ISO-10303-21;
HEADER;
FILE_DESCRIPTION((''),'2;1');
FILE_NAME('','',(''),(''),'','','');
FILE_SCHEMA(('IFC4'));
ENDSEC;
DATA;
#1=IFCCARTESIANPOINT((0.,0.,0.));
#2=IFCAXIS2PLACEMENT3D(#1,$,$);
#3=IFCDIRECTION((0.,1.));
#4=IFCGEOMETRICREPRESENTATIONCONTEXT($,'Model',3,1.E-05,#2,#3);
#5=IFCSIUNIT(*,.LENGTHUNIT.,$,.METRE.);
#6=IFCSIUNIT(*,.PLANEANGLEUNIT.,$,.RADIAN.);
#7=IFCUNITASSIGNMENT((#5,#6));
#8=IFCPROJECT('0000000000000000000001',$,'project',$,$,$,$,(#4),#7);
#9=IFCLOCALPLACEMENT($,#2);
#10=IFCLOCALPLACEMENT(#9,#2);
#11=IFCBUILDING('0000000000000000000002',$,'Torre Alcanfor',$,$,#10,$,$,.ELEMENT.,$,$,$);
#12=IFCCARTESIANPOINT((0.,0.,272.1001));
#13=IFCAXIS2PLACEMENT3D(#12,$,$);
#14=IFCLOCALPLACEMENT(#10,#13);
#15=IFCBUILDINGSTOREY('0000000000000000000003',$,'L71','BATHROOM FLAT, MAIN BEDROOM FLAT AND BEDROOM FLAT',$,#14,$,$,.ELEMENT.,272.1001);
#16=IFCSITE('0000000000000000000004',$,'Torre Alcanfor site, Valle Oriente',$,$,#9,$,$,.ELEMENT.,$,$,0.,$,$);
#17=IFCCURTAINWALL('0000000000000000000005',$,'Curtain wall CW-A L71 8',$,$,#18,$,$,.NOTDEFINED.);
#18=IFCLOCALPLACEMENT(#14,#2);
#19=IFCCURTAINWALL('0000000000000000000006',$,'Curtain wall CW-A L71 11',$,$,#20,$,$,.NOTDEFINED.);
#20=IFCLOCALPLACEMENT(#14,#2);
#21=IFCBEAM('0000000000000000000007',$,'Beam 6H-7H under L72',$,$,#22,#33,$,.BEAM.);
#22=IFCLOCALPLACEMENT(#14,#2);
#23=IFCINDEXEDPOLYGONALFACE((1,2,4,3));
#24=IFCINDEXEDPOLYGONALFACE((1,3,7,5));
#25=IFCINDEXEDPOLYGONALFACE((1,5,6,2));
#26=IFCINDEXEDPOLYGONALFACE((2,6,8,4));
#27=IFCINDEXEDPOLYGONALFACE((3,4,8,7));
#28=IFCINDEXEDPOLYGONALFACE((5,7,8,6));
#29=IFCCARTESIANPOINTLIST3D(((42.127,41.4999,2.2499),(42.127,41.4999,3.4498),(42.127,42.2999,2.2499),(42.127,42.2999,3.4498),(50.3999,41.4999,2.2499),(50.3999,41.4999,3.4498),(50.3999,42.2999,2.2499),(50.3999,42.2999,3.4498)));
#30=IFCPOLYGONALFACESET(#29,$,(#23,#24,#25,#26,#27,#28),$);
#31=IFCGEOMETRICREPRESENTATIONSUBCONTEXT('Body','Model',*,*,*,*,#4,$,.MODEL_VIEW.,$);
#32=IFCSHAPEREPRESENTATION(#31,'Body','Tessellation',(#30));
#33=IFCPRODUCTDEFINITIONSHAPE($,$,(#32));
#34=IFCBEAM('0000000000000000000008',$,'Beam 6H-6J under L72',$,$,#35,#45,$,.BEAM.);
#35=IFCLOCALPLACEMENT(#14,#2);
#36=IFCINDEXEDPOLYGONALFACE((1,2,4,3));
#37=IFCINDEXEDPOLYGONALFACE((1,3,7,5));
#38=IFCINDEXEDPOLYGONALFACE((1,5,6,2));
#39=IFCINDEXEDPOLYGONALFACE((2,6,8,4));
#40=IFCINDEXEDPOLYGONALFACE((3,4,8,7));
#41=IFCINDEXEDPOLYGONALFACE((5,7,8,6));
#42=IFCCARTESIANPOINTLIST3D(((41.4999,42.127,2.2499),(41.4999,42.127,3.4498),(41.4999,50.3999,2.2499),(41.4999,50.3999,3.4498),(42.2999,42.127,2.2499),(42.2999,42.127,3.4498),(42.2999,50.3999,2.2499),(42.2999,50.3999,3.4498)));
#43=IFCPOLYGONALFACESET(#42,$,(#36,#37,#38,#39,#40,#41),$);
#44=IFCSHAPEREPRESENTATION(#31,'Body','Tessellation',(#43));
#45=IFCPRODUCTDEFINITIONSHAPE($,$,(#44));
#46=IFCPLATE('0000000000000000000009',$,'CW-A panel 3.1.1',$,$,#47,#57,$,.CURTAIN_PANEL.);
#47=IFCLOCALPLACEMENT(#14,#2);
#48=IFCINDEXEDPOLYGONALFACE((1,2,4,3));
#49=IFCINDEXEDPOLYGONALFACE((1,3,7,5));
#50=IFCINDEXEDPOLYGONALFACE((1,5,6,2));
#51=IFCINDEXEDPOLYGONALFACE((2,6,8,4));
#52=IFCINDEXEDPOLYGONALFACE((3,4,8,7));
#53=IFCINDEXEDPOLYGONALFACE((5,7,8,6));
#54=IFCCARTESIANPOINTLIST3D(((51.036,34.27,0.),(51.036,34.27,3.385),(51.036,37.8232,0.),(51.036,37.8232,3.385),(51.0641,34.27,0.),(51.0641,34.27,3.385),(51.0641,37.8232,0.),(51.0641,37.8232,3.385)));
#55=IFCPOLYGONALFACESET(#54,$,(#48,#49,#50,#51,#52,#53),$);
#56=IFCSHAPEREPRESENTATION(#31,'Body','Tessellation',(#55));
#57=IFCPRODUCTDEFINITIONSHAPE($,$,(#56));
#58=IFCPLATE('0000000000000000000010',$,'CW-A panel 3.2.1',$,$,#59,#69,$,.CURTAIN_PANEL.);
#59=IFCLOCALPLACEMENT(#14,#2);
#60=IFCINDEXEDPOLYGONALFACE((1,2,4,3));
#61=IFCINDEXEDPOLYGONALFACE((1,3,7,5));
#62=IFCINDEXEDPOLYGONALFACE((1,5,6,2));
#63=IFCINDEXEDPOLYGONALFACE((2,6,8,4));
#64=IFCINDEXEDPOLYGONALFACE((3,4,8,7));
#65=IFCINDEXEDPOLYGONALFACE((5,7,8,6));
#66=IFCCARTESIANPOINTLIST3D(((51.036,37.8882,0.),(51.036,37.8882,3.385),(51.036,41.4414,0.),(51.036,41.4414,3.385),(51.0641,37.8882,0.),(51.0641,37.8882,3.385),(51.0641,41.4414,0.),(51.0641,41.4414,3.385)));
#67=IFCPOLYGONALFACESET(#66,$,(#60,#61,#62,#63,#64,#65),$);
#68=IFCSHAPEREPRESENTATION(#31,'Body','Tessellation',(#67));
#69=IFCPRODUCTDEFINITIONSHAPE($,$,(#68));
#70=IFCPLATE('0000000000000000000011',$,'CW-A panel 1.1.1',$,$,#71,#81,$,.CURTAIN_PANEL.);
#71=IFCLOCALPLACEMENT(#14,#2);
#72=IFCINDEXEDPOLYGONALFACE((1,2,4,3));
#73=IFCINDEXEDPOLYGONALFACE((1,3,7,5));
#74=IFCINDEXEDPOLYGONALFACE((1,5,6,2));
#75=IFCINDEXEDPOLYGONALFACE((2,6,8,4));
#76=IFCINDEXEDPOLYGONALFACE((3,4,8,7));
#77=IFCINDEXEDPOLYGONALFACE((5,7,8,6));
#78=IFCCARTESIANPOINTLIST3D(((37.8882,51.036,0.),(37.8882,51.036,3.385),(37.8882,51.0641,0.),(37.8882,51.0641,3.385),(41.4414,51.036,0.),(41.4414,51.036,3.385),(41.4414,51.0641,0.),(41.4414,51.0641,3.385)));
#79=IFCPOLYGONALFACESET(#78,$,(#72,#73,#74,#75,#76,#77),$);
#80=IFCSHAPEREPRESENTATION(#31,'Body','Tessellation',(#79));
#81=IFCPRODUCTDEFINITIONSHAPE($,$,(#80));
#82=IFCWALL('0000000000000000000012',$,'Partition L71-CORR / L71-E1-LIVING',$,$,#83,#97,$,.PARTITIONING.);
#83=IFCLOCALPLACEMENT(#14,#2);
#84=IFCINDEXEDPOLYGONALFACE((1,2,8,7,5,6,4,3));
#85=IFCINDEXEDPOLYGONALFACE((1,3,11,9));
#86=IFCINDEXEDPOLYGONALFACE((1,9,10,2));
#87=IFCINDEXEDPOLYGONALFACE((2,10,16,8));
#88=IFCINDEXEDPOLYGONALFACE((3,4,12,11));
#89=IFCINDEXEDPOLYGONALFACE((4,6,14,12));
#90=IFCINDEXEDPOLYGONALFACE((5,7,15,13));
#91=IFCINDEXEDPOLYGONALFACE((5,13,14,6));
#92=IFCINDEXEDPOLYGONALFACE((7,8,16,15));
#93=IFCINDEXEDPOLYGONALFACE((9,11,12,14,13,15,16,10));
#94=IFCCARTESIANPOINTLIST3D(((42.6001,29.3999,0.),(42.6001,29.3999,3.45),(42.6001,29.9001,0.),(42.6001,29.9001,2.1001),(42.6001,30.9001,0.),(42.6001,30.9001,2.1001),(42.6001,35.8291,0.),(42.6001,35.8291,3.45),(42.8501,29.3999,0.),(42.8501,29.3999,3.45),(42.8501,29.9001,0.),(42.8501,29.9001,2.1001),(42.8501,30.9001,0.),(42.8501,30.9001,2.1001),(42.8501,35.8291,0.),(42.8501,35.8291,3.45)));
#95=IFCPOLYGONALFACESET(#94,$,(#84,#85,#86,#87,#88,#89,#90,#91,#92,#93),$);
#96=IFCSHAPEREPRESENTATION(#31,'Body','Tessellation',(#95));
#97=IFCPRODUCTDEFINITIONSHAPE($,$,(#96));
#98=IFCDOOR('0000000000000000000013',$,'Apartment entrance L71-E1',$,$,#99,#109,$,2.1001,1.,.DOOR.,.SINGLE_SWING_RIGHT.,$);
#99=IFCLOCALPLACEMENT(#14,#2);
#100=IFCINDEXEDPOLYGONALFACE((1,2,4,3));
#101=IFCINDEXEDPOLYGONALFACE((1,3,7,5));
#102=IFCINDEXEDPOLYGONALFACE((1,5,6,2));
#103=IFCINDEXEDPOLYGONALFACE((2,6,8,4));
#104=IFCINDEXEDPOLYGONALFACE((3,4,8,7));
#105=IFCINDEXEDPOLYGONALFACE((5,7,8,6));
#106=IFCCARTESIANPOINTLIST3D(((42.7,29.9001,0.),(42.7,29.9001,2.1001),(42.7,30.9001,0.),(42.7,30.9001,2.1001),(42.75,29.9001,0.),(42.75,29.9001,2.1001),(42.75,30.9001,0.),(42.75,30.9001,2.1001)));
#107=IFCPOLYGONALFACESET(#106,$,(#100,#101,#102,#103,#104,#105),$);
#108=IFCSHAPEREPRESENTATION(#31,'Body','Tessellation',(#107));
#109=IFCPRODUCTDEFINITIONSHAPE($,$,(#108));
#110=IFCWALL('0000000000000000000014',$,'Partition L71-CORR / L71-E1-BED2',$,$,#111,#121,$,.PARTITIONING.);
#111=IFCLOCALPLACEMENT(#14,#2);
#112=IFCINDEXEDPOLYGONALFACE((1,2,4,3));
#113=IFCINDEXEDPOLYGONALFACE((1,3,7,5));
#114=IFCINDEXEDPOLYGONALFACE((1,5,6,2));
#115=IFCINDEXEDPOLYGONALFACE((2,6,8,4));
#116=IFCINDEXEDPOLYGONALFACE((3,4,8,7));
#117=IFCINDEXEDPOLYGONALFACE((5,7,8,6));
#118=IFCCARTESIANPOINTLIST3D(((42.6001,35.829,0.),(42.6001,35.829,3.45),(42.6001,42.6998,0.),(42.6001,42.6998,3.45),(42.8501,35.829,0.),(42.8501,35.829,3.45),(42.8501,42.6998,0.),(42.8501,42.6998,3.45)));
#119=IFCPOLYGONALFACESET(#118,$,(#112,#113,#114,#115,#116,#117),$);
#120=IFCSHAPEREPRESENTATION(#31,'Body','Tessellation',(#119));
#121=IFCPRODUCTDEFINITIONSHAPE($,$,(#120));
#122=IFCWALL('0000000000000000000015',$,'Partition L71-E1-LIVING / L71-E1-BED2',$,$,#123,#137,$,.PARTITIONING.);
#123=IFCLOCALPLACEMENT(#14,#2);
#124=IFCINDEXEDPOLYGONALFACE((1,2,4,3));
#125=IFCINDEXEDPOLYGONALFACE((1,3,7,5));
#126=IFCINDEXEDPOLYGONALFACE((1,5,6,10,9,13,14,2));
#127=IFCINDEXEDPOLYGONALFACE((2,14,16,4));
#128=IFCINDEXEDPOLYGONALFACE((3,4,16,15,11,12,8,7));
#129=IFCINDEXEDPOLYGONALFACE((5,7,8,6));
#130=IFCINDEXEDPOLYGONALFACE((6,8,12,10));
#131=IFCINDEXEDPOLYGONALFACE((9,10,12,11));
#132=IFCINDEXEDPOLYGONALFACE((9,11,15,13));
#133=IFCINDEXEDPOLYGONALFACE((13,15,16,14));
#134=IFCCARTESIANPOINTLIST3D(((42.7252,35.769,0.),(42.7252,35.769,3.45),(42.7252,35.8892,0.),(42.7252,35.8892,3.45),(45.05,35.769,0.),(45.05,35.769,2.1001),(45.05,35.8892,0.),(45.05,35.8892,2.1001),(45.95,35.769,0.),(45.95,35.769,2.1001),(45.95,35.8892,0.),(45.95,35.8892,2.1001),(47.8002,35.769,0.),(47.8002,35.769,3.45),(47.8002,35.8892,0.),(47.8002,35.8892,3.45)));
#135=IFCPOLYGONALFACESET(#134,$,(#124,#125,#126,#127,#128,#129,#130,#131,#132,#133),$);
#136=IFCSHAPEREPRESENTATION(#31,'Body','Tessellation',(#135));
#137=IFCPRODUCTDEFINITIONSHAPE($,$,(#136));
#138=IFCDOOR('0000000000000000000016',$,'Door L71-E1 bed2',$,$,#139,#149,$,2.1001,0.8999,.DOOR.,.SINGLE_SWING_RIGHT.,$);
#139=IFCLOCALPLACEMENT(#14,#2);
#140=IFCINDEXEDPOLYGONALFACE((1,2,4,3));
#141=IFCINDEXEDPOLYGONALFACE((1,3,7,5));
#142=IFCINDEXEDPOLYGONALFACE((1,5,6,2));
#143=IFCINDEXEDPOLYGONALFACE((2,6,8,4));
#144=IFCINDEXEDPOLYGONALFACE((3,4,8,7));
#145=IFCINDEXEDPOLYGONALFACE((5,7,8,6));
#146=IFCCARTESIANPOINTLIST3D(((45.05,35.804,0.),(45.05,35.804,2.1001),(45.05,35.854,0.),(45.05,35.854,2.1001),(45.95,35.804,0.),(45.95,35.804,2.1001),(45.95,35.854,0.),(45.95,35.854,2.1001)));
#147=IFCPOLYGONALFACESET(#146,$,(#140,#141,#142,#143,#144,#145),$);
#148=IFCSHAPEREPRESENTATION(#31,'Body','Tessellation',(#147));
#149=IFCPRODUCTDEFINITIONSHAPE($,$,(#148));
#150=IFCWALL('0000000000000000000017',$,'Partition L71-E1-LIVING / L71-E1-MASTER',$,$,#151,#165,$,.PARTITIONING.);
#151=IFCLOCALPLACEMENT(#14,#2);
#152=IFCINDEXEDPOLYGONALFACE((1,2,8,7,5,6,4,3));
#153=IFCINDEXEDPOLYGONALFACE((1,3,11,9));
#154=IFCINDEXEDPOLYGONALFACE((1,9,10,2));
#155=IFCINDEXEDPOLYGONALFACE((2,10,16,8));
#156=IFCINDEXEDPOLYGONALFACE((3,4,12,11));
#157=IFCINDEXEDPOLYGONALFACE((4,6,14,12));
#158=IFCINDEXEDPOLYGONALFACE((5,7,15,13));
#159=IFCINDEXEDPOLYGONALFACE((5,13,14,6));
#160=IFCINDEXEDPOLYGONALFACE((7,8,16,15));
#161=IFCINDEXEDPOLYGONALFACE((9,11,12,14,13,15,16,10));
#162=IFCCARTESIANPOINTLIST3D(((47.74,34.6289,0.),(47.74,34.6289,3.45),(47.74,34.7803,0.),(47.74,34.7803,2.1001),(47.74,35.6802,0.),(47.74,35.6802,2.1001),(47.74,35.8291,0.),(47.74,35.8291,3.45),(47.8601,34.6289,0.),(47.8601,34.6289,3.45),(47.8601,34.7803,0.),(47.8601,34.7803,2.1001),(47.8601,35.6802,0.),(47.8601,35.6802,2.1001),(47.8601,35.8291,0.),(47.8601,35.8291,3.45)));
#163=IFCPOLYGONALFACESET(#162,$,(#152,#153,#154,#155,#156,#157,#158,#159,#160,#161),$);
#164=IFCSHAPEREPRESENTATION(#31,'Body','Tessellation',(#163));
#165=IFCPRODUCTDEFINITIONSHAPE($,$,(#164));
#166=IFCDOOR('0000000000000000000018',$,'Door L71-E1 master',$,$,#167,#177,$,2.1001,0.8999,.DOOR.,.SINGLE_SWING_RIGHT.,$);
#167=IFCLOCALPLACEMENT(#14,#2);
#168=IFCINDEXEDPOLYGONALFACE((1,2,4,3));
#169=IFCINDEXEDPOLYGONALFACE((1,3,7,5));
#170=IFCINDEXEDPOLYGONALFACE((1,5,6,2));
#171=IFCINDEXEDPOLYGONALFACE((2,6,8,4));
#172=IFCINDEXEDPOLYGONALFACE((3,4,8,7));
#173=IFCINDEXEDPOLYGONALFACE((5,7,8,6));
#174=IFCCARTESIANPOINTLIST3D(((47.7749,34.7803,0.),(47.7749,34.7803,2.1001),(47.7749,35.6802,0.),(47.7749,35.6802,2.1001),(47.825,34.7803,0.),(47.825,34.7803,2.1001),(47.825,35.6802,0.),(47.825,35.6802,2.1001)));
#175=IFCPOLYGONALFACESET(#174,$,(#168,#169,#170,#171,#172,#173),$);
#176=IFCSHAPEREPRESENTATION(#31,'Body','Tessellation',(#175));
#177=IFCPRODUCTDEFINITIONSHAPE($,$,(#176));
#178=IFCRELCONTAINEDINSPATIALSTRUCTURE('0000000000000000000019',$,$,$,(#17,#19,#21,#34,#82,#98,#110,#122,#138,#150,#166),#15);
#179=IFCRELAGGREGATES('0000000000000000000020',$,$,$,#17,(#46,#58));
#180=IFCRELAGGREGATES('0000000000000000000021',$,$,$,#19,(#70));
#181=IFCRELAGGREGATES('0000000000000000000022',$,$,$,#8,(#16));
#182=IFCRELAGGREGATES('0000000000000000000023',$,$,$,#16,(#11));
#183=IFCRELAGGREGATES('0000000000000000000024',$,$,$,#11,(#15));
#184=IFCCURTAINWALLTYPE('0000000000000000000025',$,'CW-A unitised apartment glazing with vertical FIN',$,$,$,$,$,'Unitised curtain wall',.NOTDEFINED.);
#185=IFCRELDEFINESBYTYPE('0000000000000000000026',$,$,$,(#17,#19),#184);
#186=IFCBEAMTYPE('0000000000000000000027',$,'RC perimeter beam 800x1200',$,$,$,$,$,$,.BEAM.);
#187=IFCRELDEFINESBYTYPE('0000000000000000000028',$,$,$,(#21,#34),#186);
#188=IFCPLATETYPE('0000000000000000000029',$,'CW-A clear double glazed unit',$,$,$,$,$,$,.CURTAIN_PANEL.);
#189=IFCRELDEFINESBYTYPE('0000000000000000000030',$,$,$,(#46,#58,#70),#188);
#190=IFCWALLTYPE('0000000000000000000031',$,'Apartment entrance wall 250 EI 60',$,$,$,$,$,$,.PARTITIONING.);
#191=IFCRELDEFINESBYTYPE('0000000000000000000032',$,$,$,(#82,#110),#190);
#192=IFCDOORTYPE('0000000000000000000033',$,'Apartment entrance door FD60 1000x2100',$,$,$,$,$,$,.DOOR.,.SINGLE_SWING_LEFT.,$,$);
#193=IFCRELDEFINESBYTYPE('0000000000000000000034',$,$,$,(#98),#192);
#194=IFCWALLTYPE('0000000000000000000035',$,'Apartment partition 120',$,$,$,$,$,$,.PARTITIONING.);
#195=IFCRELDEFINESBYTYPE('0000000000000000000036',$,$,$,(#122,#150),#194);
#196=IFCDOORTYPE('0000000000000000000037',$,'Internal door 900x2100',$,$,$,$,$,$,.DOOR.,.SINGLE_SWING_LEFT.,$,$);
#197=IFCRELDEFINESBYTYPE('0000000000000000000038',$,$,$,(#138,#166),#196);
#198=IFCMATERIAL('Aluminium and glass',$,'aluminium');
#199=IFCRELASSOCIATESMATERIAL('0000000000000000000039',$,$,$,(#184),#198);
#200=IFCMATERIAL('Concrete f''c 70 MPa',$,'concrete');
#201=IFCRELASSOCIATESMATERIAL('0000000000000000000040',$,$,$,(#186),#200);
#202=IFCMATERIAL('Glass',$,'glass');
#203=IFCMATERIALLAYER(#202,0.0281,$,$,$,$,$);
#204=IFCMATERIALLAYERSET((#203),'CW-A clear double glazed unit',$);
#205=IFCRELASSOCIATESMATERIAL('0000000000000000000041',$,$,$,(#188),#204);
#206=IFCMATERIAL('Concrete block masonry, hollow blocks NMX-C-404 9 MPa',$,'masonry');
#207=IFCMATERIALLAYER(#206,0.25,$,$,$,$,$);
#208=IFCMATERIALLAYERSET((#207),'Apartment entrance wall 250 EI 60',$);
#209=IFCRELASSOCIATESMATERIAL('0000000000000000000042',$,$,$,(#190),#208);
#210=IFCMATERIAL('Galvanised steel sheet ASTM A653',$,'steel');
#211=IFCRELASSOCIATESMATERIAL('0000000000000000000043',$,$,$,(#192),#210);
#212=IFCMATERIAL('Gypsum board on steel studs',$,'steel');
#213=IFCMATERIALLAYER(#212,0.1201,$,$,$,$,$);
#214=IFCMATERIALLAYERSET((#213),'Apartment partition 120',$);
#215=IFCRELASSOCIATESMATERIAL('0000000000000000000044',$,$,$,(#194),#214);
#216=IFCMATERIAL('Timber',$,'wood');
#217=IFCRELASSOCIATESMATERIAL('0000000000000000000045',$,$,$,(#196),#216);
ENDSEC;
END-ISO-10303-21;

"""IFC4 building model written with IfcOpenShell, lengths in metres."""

from ifc_helpers import new_model, si_unit, direction, frame, frame_2d, origin, origin_2d, place, context, subcontext, project, spatial, rectangle, extrude, material, layer, layer_set, material_profile, profile_set, type_object, element, fill, aggregate, save


model = new_model("IFC4")

# Units and contexts
model_context = context("Model", 3, precision=1e-05, world=origin(), true_north=direction((0.0, 1.0)))
body_context = subcontext(model_context, "Body", "Model", "MODEL_VIEW")
ifc_project = project(units=[si_unit("LENGTHUNIT", "METRE"), si_unit("PLANEANGLEUNIT", "RADIAN")], contexts=[model_context])

# Site, building, storey
site_placement = place(None, origin())
site = spatial("IfcSite", under=ifc_project, at=site_placement, Name="Torre Alcanfor site, Valle Oriente", CompositionType="ELEMENT", RefElevation=0.0)
building_placement = place(site_placement, origin())
building = spatial("IfcBuilding", under=site, at=building_placement, Name="Torre Alcanfor", CompositionType="ELEMENT")
storey_placement = place(building_placement, frame((0.0, 0.0, 272.1001)))
storey = spatial("IfcBuildingStorey", under=building, at=storey_placement, Name="L71", Description="BATHROOM FLAT, MAIN BEDROOM FLAT AND BEDROOM FLAT", CompositionType="ELEMENT", Elevation=272.1001)

# Curtain walls
ifc_material_1 = material(Name="Aluminium and glass", Category="aluminium")
curtain_wall_type = type_object("IfcCurtainWallType", Name="CW-A unitised apartment glazing with vertical FIN", ElementType="Unitised curtain wall", PredefinedType="NOTDEFINED", material=ifc_material_1)
curtain_wall_1_placement = place(storey_placement, origin())
curtain_wall_1 = element("IfcCurtainWall", 1, at=curtain_wall_1_placement, inside=storey, type_object=curtain_wall_type, Name="Curtain wall CW-A L71 8", PredefinedType="NOTDEFINED")
curtain_wall_2_placement = place(storey_placement, origin())
curtain_wall_2 = element("IfcCurtainWall", 2, at=curtain_wall_2_placement, inside=storey, type_object=curtain_wall_type, Name="Curtain wall CW-A L71 11", PredefinedType="NOTDEFINED")

# Beams
ifc_material_2 = material(Name="Concrete f'c 70 MPa", Category="concrete")
ifc_material_profile_1 = material_profile(ifc_material_2, rectangle(XDim=0.8, YDim=1.2, at=origin_2d()), Name="800x1200")
ifc_profile_set_1 = profile_set([ifc_material_profile_1], Name="Concrete f'c 70 MPa")
beam_type = type_object("IfcBeamType", Name="RC perimeter beam 800x1200", PredefinedType="BEAM", material=ifc_profile_set_1)
for number, where, z_axis, x_axis, name in (
    (3, (42.127, 41.8999, 2.8499), (1.0, 0.0, 0.0), (0.0, 1.0, 0.0), "Beam 6H-7H under L72"),
    (4, (41.8999, 42.127, 2.8499), (0.0, 1.0, 0.0), (-1.0, 0.0, 0.0), "Beam 6H-6J under L72"),
):
    element("IfcBeam", number, at=place(storey_placement, frame(where, z_axis=z_axis, x_axis=x_axis)), inside=storey, type_object=beam_type, Name=name, PredefinedType="BEAM", context=body_context, shape_type="SweptSolid", body=[
        extrude(rectangle(XDim=0.8, YDim=1.2, at=origin_2d()), origin(), (0.0, 0.0, 1.0), 8.2729),
    ])

# Plates
ifc_material_3 = material(Name="Glass", Category="glass")
ifc_layer_1 = layer(ifc_material_3, 0.0281)
ifc_layer_set_1 = layer_set([ifc_layer_1], Name="CW-A clear double glazed unit")
plate_type = type_object("IfcPlateType", Name="CW-A clear double glazed unit", PredefinedType="CURTAIN_PANEL", material=ifc_layer_set_1)
plate_1_placement = place(storey_placement, frame((51.05, 36.0466, 0.0), z_axis=(0.0, 0.0, 1.0), x_axis=(0.0, 1.0, 0.0)))
plate_1 = element("IfcPlate", 5, at=plate_1_placement, type_object=plate_type, Name="CW-A panel 3.1.1", PredefinedType="CURTAIN_PANEL", context=body_context, shape_type="SweptSolid", body=[
    extrude(rectangle(XDim=3.5532, YDim=0.0281, at=origin_2d()), origin(), (0.0, 0.0, 1.0), 3.385),
])
plate_2_placement = place(storey_placement, frame((51.05, 39.6648, 0.0), z_axis=(0.0, 0.0, 1.0), x_axis=(0.0, 1.0, 0.0)))
plate_2 = element("IfcPlate", 6, at=plate_2_placement, type_object=plate_type, Name="CW-A panel 3.2.1", PredefinedType="CURTAIN_PANEL", context=body_context, shape_type="SweptSolid", body=[
    extrude(rectangle(XDim=3.5532, YDim=0.0281, at=origin_2d()), origin(), (0.0, 0.0, 1.0), 3.385),
])
aggregate(curtain_wall_1, [plate_1, plate_2])
plate_3_placement = place(storey_placement, frame((39.6648, 51.05, 0.0), z_axis=(0.0, 0.0, 1.0), x_axis=(-1.0, 0.0, 0.0)))
plate_3 = element("IfcPlate", 7, at=plate_3_placement, type_object=plate_type, Name="CW-A panel 1.1.1", PredefinedType="CURTAIN_PANEL", context=body_context, shape_type="SweptSolid", body=[
    extrude(rectangle(XDim=3.5532, YDim=0.0281, at=origin_2d()), origin(), (0.0, 0.0, 1.0), 3.385),
])
aggregate(curtain_wall_2, [plate_3])

# Wall, opening, door
ifc_material_4 = material(Name="Concrete block masonry, hollow blocks NMX-C-404 9 MPa", Category="masonry")
ifc_layer_2 = layer(ifc_material_4, 0.25)
ifc_layer_set_2 = layer_set([ifc_layer_2], Name="Apartment entrance wall 250 EI 60")
wall_type_1 = type_object("IfcWallType", Name="Apartment entrance wall 250 EI 60", PredefinedType="PARTITIONING", material=ifc_layer_set_2)
wall_1_placement = place(storey_placement, frame((42.7251, 35.8291, 0.0), z_axis=(0.0, 0.0, 1.0), x_axis=(0.0, -1.0, 0.0)))
wall_1 = element("IfcWall", 8, at=wall_1_placement, inside=storey, type_object=wall_type_1, Name="Partition L71-CORR / L71-E1-LIVING", PredefinedType="PARTITIONING", context=body_context, shape_type="SweptSolid", body=[
    extrude(rectangle(XDim=6.4292, YDim=0.25, at=frame_2d((3.2146, 0.0))), origin(), (0.0, 0.0, 1.0), 3.45),
])
opening_1_placement = place(wall_1_placement, frame((4.929, 0.0, 0.0)))
opening_1 = element("IfcOpeningElement", 9, at=opening_1_placement, cuts=wall_1, PredefinedType="OPENING", context=body_context, shape_type="SweptSolid", body=[
    extrude(rectangle(XDim=1.0, YDim=2.1001, at=frame_2d((0.5, 1.05))), frame((0.0, 0.135, 0.0), z_axis=(0.0, -1.0, 0.0), x_axis=(1.0, 0.0, 0.0)), (0.0, 0.0, 1.0), 0.27),
])
ifc_material_5 = material(Name="Galvanised steel sheet ASTM A653", Category="steel")
door_type_1 = type_object("IfcDoorType", Name="Apartment entrance door FD60 1000x2100", OperationType="SINGLE_SWING_LEFT", PredefinedType="DOOR", material=ifc_material_5)
door_1_placement = place(opening_1_placement, origin())
door_1 = element("IfcDoor", 10, at=door_1_placement, inside=storey, type_object=door_type_1, Name="Apartment entrance L71-E1", OperationType="SINGLE_SWING_RIGHT", OverallHeight=2.1001, OverallWidth=1.0, PredefinedType="DOOR", context=body_context, shape_type="SweptSolid", body=[
    extrude(rectangle(XDim=1.0, YDim=2.1001, at=frame_2d((0.5, 1.05))), frame((0.0, 0.0249, 0.0), z_axis=(0.0, -1.0, 0.0), x_axis=(1.0, 0.0, 0.0)), (0.0, 0.0, 1.0), 0.05),
])
fill(opening_1, door_1)

# Wall
wall_2_placement = place(storey_placement, frame((42.7251, 42.7, 0.0), z_axis=(0.0, 0.0, 1.0), x_axis=(0.0, -1.0, 0.0)))
element("IfcWall", 11, at=wall_2_placement, inside=storey, type_object=wall_type_1, Name="Partition L71-CORR / L71-E1-BED2", PredefinedType="PARTITIONING", context=body_context, shape_type="SweptSolid", body=[
    extrude(rectangle(XDim=6.8708, YDim=0.25, at=frame_2d((3.4355, 0.0))), origin(), (0.0, 0.0, 1.0), 3.45),
])

# Walls, openings, doors
ifc_material_6 = material(Name="Gypsum board on steel studs", Category="steel")
ifc_layer_3 = layer(ifc_material_6, 0.1201)
ifc_layer_set_3 = layer_set([ifc_layer_3], Name="Apartment partition 120")
wall_type_2 = type_object("IfcWallType", Name="Apartment partition 120", PredefinedType="PARTITIONING", material=ifc_layer_set_3)
wall_3_placement = place(storey_placement, frame((42.7251, 35.8291, 0.0), z_axis=(0.0, 0.0, 1.0), x_axis=(1.0, 0.0, 0.0)))
wall_3 = element("IfcWall", 12, at=wall_3_placement, inside=storey, type_object=wall_type_2, Name="Partition L71-E1-LIVING / L71-E1-BED2", PredefinedType="PARTITIONING", context=body_context, shape_type="SweptSolid", body=[
    extrude(rectangle(XDim=5.075, YDim=0.1201, at=frame_2d((2.5376, 0.0))), origin(), (0.0, 0.0, 1.0), 3.45),
])
opening_2_placement = place(wall_3_placement, frame((2.325, 0.0, 0.0)))
opening_2 = element("IfcOpeningElement", 13, at=opening_2_placement, cuts=wall_3, PredefinedType="OPENING", context=body_context, shape_type="SweptSolid", body=[
    extrude(rectangle(XDim=0.8999, YDim=2.1001, at=frame_2d((0.45, 1.05))), frame((0.0, 0.0701, 0.0), z_axis=(0.0, -1.0, 0.0), x_axis=(1.0, 0.0, 0.0)), (0.0, 0.0, 1.0), 0.1401),
])
ifc_material_7 = material(Name="Timber", Category="wood")
door_type_2 = type_object("IfcDoorType", Name="Internal door 900x2100", OperationType="SINGLE_SWING_LEFT", PredefinedType="DOOR", material=ifc_material_7)
door_2_placement = place(opening_2_placement, origin())
door_2 = element("IfcDoor", 14, at=door_2_placement, inside=storey, type_object=door_type_2, Name="Door L71-E1 bed2", OperationType="SINGLE_SWING_RIGHT", OverallHeight=2.1001, OverallWidth=0.8999, PredefinedType="DOOR", context=body_context, shape_type="SweptSolid", body=[
    extrude(rectangle(XDim=0.8999, YDim=2.1001, at=frame_2d((0.45, 1.05))), frame((0.0, 0.0249, 0.0), z_axis=(0.0, -1.0, 0.0), x_axis=(1.0, 0.0, 0.0)), (0.0, 0.0, 1.0), 0.05),
])
fill(opening_2, door_2)
wall_4_placement = place(storey_placement, frame((47.8, 35.8291, 0.0), z_axis=(0.0, 0.0, 1.0), x_axis=(0.0, -1.0, 0.0)))
wall_4 = element("IfcWall", 15, at=wall_4_placement, inside=storey, type_object=wall_type_2, Name="Partition L71-E1-LIVING / L71-E1-MASTER", PredefinedType="PARTITIONING", context=body_context, shape_type="SweptSolid", body=[
    extrude(rectangle(XDim=1.2002, YDim=0.1201, at=frame_2d((0.6001, 0.0))), origin(), (0.0, 0.0, 1.0), 3.45),
])
opening_3_placement = place(wall_4_placement, frame((0.1489, 0.0, 0.0)))
opening_3 = element("IfcOpeningElement", 16, at=opening_3_placement, cuts=wall_4, PredefinedType="OPENING", context=body_context, shape_type="SweptSolid", body=[
    extrude(rectangle(XDim=0.8999, YDim=2.1001, at=frame_2d((0.45, 1.05))), frame((0.0, 0.0701, 0.0), z_axis=(0.0, -1.0, 0.0), x_axis=(1.0, 0.0, 0.0)), (0.0, 0.0, 1.0), 0.1401),
])
door_3_placement = place(opening_3_placement, origin())
door_3 = element("IfcDoor", 17, at=door_3_placement, inside=storey, type_object=door_type_2, Name="Door L71-E1 master", OperationType="SINGLE_SWING_RIGHT", OverallHeight=2.1001, OverallWidth=0.8999, PredefinedType="DOOR", context=body_context, shape_type="SweptSolid", body=[
    extrude(rectangle(XDim=0.8999, YDim=2.1001, at=frame_2d((0.45, 1.05))), frame((0.0, 0.0249, 0.0), z_axis=(0.0, -1.0, 0.0), x_axis=(1.0, 0.0, 0.0)), (0.0, 0.0, 1.0), 0.05),
])
fill(opening_3, door_3)

save(model, "model.ifc")
